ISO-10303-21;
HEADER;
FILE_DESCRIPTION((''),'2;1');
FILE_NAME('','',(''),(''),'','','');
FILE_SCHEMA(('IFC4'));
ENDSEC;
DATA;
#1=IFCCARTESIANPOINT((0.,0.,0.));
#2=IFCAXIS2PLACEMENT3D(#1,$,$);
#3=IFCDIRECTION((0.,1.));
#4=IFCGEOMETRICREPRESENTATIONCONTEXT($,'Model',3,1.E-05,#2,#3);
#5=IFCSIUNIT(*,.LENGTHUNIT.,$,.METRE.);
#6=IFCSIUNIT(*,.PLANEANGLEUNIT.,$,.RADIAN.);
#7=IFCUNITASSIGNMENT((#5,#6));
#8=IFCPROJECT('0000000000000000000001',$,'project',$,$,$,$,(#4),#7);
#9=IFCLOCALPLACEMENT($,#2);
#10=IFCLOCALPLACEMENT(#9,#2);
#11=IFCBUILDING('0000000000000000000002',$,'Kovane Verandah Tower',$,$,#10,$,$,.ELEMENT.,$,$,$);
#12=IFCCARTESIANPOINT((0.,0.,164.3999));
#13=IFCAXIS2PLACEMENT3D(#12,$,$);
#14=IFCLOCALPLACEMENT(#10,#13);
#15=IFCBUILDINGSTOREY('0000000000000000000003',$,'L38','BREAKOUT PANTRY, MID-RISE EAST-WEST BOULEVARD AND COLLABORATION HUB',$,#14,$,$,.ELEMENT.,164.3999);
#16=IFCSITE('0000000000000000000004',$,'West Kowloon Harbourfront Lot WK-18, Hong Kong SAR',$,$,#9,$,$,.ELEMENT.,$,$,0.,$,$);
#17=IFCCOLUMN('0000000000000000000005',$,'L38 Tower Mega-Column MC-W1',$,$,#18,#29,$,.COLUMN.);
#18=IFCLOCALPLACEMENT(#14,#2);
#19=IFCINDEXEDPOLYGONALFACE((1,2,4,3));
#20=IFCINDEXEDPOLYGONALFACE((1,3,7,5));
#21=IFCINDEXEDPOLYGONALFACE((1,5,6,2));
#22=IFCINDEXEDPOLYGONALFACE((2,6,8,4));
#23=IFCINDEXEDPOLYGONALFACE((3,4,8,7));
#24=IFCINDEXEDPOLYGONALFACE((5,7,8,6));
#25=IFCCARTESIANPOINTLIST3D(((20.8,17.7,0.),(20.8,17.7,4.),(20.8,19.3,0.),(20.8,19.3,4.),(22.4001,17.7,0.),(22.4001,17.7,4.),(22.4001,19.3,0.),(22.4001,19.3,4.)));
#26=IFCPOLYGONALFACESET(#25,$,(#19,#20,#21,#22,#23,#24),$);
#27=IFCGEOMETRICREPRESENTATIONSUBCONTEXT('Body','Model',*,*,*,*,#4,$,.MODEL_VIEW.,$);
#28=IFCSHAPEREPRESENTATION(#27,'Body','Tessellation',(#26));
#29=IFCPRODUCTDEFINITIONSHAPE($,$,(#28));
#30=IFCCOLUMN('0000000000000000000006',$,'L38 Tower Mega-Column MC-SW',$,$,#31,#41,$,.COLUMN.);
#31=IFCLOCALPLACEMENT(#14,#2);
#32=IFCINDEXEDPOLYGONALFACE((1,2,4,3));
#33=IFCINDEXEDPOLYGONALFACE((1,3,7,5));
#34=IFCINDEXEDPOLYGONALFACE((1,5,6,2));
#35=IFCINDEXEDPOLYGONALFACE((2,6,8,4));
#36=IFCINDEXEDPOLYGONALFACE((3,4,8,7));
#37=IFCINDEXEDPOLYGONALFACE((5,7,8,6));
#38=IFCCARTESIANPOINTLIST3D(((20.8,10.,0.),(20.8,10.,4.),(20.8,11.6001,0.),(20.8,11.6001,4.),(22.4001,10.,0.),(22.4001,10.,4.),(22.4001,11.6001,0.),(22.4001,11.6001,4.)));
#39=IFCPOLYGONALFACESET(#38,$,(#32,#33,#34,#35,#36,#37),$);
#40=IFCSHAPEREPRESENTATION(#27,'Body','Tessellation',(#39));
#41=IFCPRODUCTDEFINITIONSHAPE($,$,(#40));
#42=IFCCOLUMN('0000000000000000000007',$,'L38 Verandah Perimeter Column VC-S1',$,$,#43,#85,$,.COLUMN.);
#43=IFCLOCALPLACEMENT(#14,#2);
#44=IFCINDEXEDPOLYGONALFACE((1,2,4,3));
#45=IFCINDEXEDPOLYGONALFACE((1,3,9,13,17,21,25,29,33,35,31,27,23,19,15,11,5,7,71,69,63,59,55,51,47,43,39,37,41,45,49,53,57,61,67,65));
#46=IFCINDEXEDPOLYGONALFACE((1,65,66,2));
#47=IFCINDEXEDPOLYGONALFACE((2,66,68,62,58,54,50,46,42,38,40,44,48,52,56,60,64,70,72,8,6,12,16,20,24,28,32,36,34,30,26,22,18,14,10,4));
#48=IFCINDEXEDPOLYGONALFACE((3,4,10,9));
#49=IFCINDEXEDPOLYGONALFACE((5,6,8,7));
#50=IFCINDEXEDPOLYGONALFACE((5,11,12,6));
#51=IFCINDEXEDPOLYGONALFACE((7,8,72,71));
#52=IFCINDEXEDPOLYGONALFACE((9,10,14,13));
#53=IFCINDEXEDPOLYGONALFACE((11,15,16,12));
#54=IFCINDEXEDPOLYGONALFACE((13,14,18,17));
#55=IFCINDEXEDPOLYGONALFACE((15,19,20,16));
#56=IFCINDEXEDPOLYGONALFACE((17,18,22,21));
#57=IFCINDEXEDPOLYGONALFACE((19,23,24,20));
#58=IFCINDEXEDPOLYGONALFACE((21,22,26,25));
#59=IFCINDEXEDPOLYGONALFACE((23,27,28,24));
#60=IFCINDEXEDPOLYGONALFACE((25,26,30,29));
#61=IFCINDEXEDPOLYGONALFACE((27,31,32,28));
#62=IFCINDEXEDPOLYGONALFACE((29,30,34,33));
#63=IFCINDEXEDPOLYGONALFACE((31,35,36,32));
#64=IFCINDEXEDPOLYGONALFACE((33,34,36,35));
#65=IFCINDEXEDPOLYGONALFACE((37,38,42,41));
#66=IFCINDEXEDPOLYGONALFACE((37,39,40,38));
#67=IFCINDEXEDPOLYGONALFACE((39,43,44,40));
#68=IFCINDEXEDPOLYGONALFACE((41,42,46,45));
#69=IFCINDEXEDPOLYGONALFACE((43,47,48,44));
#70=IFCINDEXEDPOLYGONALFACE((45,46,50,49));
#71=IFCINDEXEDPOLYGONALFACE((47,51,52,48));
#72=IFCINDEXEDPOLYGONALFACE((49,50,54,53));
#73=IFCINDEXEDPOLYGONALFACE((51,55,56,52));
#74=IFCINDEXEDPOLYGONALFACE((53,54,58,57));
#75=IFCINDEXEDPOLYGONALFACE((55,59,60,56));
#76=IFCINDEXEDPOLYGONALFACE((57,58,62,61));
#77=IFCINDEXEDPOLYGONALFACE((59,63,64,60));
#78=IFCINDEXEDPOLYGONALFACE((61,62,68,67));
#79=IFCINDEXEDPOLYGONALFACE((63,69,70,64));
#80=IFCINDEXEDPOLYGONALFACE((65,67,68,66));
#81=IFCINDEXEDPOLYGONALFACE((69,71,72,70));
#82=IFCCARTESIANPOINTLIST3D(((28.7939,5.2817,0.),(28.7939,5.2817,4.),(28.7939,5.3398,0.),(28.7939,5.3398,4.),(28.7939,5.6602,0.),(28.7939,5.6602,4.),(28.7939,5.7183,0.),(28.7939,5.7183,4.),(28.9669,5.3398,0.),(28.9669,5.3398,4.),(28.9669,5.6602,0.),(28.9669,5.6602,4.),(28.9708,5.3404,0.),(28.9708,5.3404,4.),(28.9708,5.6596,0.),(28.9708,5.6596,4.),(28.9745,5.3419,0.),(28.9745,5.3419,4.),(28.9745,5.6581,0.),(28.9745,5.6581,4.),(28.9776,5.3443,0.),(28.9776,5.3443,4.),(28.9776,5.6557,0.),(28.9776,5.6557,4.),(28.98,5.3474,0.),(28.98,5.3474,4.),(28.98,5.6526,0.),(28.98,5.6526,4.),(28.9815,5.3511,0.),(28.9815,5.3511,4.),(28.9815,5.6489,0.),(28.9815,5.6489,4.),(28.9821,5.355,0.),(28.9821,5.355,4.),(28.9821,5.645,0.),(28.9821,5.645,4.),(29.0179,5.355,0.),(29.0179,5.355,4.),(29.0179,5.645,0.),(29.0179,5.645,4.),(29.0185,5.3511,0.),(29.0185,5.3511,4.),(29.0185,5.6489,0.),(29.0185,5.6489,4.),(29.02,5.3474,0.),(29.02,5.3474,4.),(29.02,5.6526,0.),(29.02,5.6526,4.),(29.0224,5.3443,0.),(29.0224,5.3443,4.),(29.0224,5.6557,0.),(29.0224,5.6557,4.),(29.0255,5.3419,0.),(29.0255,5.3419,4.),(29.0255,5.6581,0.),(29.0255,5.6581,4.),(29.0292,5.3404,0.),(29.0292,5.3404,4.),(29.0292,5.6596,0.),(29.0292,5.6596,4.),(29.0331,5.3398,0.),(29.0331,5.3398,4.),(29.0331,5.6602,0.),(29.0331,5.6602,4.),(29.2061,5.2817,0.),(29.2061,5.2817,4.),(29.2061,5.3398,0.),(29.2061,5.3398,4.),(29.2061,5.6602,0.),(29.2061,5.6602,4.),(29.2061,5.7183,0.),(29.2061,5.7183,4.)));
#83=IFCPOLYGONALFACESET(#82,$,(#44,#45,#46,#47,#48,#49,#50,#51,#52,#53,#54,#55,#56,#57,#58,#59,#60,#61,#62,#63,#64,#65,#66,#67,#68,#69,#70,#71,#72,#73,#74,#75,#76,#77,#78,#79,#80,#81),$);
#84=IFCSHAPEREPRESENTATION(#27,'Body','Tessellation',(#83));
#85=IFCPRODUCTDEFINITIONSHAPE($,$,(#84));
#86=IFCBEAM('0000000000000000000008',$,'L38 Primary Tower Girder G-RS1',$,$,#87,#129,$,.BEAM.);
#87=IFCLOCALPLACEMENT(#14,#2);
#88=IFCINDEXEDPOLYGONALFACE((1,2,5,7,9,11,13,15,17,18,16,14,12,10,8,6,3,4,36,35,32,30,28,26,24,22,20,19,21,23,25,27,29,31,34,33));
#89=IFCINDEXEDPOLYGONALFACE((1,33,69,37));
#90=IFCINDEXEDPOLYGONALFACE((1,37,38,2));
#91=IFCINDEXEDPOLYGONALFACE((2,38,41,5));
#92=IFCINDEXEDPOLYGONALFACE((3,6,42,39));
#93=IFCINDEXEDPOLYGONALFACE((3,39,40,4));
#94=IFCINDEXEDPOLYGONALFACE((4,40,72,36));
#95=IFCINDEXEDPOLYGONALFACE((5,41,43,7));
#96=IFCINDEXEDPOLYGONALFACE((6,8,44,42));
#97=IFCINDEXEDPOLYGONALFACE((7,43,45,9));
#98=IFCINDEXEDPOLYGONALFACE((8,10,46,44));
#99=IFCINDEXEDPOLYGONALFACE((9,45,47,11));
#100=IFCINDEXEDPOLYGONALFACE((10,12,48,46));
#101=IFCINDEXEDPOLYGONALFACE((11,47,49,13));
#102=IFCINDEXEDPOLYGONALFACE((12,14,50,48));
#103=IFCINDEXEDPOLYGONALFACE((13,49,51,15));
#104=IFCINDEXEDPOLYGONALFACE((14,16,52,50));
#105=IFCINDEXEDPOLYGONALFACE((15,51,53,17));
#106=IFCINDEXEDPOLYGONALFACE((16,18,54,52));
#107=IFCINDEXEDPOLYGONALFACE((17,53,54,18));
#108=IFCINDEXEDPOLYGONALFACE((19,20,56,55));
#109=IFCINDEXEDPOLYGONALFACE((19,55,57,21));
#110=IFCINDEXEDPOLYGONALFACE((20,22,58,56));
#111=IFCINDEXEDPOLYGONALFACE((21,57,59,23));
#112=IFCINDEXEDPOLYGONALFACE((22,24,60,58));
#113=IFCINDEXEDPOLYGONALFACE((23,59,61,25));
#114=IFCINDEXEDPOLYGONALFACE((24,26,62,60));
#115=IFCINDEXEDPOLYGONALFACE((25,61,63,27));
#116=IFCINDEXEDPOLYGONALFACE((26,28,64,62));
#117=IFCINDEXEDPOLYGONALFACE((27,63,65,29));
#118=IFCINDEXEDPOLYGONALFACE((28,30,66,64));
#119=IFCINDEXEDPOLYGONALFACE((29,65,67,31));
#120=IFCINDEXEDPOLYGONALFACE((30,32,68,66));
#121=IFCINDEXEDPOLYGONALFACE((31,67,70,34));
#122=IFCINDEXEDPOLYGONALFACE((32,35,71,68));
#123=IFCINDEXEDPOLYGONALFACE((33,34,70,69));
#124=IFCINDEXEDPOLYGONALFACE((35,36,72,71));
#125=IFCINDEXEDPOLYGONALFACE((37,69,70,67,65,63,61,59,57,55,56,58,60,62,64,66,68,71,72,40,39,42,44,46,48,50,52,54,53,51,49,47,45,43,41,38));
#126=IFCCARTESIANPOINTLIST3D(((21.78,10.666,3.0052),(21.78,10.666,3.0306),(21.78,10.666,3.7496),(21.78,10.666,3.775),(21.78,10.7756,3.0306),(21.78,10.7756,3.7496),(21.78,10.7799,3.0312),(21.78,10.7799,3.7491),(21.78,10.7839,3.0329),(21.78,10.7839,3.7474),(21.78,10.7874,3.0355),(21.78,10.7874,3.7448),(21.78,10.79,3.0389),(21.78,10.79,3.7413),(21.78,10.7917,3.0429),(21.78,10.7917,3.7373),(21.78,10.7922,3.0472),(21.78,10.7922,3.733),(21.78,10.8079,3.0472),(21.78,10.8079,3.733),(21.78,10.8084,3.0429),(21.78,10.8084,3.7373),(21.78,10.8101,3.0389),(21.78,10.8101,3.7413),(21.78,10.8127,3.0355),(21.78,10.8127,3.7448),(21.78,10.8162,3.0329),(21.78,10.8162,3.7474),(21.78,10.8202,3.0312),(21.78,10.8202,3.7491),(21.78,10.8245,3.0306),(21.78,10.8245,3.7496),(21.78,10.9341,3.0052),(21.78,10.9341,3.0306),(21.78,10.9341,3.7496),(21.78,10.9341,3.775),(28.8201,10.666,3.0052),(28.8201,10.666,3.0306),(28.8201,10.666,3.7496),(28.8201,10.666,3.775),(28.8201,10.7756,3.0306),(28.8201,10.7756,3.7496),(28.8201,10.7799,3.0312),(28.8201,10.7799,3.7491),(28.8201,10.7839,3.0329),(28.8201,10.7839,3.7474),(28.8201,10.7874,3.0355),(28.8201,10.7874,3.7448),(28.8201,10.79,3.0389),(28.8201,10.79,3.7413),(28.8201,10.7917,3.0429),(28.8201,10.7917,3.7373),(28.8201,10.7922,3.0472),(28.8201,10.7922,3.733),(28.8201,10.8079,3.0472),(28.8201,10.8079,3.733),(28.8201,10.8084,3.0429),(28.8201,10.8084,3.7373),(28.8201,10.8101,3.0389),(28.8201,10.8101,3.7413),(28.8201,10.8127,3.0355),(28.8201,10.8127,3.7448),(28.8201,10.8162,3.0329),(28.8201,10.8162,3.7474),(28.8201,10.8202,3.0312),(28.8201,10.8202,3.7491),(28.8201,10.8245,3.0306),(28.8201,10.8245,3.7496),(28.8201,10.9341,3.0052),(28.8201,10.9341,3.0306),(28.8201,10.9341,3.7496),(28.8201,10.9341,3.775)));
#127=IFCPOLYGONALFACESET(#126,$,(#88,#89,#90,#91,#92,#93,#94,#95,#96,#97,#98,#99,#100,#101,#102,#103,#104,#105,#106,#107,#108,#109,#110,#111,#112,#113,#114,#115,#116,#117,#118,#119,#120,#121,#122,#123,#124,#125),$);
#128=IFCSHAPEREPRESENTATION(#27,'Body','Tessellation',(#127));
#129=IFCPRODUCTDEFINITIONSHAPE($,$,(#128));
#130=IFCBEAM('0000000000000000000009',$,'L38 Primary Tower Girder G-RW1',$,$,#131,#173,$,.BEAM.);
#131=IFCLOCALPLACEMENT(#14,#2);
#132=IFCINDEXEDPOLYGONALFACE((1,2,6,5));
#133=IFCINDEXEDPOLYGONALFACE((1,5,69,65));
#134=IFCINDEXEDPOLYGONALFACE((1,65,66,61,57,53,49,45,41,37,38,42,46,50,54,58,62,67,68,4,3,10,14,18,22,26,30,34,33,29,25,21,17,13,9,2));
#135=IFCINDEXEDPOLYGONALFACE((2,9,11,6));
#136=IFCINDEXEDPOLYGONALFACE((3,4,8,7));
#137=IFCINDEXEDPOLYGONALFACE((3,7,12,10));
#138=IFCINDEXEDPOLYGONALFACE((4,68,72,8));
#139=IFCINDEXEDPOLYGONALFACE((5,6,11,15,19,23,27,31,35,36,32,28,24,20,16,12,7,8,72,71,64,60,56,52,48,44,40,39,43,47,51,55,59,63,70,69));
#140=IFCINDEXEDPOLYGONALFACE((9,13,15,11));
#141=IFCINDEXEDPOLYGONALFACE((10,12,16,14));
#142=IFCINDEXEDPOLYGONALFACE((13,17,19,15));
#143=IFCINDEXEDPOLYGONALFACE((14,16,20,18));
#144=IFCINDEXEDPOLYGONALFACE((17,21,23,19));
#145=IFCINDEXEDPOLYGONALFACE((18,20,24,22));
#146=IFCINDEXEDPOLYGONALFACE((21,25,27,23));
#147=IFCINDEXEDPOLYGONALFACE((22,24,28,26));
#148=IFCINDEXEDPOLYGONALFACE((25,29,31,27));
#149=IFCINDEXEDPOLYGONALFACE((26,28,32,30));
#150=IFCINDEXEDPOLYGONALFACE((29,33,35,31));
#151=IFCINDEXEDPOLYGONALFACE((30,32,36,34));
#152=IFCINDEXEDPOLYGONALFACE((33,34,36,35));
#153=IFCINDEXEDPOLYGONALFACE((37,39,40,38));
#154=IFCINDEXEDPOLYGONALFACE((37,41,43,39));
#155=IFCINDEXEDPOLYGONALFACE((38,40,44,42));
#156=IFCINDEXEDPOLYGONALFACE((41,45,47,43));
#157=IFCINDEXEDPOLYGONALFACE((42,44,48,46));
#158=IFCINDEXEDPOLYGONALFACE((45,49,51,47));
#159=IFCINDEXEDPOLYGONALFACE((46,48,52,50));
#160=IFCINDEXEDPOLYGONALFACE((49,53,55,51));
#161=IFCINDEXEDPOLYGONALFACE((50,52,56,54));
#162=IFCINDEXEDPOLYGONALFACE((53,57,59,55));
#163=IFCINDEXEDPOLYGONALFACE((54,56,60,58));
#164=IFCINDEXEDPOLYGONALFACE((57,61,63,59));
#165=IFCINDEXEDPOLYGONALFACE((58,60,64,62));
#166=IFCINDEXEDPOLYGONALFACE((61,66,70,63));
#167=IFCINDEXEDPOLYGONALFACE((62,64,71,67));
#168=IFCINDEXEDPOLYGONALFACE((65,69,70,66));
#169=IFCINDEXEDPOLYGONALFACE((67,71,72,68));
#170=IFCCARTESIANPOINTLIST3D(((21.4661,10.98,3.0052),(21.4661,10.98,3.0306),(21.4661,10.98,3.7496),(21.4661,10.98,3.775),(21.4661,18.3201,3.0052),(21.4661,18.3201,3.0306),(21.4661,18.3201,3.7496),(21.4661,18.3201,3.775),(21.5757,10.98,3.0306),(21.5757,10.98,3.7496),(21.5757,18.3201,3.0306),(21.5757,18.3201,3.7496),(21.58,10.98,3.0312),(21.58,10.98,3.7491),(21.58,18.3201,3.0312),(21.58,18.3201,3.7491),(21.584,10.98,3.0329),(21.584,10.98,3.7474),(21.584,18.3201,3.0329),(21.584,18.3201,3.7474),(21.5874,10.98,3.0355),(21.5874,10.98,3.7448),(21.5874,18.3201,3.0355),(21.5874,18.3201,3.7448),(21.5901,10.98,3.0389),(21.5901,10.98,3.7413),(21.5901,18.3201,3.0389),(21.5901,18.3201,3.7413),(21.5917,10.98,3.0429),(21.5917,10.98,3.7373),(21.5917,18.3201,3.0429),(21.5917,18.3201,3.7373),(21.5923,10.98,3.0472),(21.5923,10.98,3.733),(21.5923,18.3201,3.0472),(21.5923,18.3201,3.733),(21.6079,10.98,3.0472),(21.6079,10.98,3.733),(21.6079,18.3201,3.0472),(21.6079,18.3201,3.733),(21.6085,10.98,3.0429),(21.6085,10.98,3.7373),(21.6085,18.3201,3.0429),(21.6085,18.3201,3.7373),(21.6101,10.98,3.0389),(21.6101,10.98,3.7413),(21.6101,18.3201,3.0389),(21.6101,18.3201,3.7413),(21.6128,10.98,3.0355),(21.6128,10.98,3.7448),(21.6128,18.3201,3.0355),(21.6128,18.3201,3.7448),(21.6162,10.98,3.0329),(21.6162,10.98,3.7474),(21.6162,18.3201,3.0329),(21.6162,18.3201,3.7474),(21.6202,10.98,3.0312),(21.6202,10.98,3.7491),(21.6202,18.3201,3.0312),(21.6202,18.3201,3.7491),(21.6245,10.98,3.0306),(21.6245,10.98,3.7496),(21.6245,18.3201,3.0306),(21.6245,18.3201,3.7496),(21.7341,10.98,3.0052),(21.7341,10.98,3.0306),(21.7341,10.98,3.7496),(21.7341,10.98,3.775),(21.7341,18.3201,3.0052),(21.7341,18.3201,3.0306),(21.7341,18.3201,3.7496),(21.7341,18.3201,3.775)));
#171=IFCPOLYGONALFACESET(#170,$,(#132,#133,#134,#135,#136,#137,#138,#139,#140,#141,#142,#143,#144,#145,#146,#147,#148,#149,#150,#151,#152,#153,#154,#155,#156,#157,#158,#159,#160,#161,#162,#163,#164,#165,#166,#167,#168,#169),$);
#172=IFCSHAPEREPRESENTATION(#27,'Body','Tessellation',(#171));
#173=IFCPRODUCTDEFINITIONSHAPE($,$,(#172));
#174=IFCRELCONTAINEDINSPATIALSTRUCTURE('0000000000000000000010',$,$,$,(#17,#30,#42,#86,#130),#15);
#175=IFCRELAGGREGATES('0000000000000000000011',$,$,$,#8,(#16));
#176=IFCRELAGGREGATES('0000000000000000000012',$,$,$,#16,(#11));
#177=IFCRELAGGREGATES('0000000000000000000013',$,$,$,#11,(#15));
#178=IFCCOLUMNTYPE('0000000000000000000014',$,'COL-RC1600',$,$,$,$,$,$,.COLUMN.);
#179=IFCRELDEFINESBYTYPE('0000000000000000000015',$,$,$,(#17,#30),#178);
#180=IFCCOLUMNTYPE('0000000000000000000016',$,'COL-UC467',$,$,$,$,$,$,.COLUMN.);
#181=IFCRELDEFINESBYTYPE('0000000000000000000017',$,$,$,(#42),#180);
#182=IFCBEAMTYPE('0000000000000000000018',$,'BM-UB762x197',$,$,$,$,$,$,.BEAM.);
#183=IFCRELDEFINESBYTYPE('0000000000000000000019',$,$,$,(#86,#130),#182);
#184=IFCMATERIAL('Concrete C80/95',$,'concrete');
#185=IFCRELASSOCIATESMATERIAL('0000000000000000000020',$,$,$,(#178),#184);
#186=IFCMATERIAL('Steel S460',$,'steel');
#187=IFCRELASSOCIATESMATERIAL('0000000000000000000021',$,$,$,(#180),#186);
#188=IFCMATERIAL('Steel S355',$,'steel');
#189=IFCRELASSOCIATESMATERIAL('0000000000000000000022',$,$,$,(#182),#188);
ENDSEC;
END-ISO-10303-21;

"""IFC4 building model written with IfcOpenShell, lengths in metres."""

from ifc_helpers import new_model, si_unit, direction, frame, origin, origin_2d, place, context, subcontext, project, spatial, rectangle, i_section, extrude, material, material_profile, profile_set, type_object, element, save


model = new_model("IFC4")

# Units and contexts
model_context = context("Model", 3, precision=1e-05, world=origin(), true_north=direction((0.0, 1.0)))
body_context = subcontext(model_context, "Body", "Model", "MODEL_VIEW")
ifc_project = project(units=[si_unit("LENGTHUNIT", "METRE"), si_unit("PLANEANGLEUNIT", "RADIAN")], contexts=[model_context])

# Site, building, storey
site_placement = place(None, origin())
site = spatial("IfcSite", under=ifc_project, at=site_placement, Name="West Kowloon Harbourfront Lot WK-18, Hong Kong SAR", CompositionType="ELEMENT", RefElevation=0.0)
building_placement = place(site_placement, origin())
building = spatial("IfcBuilding", under=site, at=building_placement, Name="Kovane Verandah Tower", CompositionType="ELEMENT")
storey_placement = place(building_placement, frame((0.0, 0.0, 164.3999)))
storey = spatial("IfcBuildingStorey", under=building, at=storey_placement, Name="L38", Description="BREAKOUT PANTRY, MID-RISE EAST-WEST BOULEVARD AND COLLABORATION HUB", CompositionType="ELEMENT", Elevation=164.3999)

# Columns
ifc_material_1 = material(Name="Concrete C80/95", Category="concrete")
ifc_material_profile_1 = material_profile(ifc_material_1, rectangle(XDim=1.6001, YDim=1.6001, at=origin_2d()), Name="RC1600x1600")
ifc_profile_set_1 = profile_set([ifc_material_profile_1], Name="Concrete C80/95")
column_type_1 = type_object("IfcColumnType", Name="COL-RC1600", PredefinedType="COLUMN", material=ifc_profile_set_1)
for number, where, z_axis, x_axis, name in (
    (1, (21.6001, 18.5, 0.0), (0.0, 0.0, 1.0), (1.0, 0.0, 0.0), "L38 Tower Mega-Column MC-W1"),
    (2, (21.6001, 10.8, 0.0), (0.0, 0.0, 1.0), (1.0, 0.0, 0.0), "L38 Tower Mega-Column MC-SW"),
):
    element("IfcColumn", number, at=place(storey_placement, frame(where, z_axis=z_axis, x_axis=x_axis)), inside=storey, type_object=column_type_1, Name=name, PredefinedType="COLUMN", context=body_context, shape_type="SweptSolid", body=[
        extrude(rectangle(XDim=1.6001, YDim=1.6001, at=origin_2d()), origin(), (0.0, 0.0, 1.0), 4.0),
    ])
ifc_material_2 = material(Name="Steel S460", Category="steel")
ifc_material_profile_2 = material_profile(ifc_material_2, i_section(OverallWidth=0.4121, OverallDepth=0.4365, WebThickness=0.0359, FlangeThickness=0.0581, FilletRadius=0.0151, at=origin_2d()), Name="UC356x406x467")
ifc_profile_set_2 = profile_set([ifc_material_profile_2], Name="Steel S460")
column_type_2 = type_object("IfcColumnType", Name="COL-UC467", PredefinedType="COLUMN", material=ifc_profile_set_2)
column_placement = place(storey_placement, frame((29.0, 5.5, 0.0), z_axis=(0.0, 0.0, 1.0), x_axis=(1.0, 0.0, 0.0)))
element("IfcColumn", 3, at=column_placement, inside=storey, type_object=column_type_2, Name="L38 Verandah Perimeter Column VC-S1", PredefinedType="COLUMN", context=body_context, shape_type="SweptSolid", body=[
    extrude(i_section(OverallWidth=0.4121, OverallDepth=0.4365, WebThickness=0.0359, FlangeThickness=0.0581, FilletRadius=0.0151, at=origin_2d()), origin(), (0.0, 0.0, 1.0), 4.0),
])

# Beams
ifc_material_3 = material(Name="Steel S355", Category="steel")
ifc_material_profile_3 = material_profile(ifc_material_3, i_section(OverallWidth=0.2681, OverallDepth=0.7698, WebThickness=0.0156, FlangeThickness=0.0254, FilletRadius=0.0166, at=origin_2d()), Name="UB762x267x197")
ifc_profile_set_3 = profile_set([ifc_material_profile_3], Name="Steel S355")
beam_type_1 = type_object("IfcBeamType", Name="BM-UB762x197", PredefinedType="BEAM", material=ifc_profile_set_3)
beam_1_placement = place(storey_placement, frame((21.78, 10.8, 3.3901), z_axis=(1.0, 0.0, 0.0), x_axis=(0.0, 1.0, 0.0)))
element("IfcBeam", 4, at=beam_1_placement, inside=storey, type_object=beam_type_1, Name="L38 Primary Tower Girder G-RS1", PredefinedType="BEAM", context=body_context, shape_type="SweptSolid", body=[
    extrude(i_section(OverallWidth=0.2681, OverallDepth=0.7698, WebThickness=0.0156, FlangeThickness=0.0254, FilletRadius=0.0166, at=origin_2d()), origin(), (0.0, 0.0, 1.0), 7.04),
])
beam_2_placement = place(storey_placement, frame((21.6001, 10.98, 3.3901), z_axis=(0.0, 1.0, 0.0), x_axis=(-1.0, 0.0, 0.0)))
element("IfcBeam", 5, at=beam_2_placement, inside=storey, type_object=beam_type_1, Name="L38 Primary Tower Girder G-RW1", PredefinedType="BEAM", context=body_context, shape_type="SweptSolid", body=[
    extrude(i_section(OverallWidth=0.2681, OverallDepth=0.7698, WebThickness=0.0156, FlangeThickness=0.0254, FilletRadius=0.0166, at=origin_2d()), origin(), (0.0, 0.0, 1.0), 7.3401),
])

save(model, "model.ifc")
